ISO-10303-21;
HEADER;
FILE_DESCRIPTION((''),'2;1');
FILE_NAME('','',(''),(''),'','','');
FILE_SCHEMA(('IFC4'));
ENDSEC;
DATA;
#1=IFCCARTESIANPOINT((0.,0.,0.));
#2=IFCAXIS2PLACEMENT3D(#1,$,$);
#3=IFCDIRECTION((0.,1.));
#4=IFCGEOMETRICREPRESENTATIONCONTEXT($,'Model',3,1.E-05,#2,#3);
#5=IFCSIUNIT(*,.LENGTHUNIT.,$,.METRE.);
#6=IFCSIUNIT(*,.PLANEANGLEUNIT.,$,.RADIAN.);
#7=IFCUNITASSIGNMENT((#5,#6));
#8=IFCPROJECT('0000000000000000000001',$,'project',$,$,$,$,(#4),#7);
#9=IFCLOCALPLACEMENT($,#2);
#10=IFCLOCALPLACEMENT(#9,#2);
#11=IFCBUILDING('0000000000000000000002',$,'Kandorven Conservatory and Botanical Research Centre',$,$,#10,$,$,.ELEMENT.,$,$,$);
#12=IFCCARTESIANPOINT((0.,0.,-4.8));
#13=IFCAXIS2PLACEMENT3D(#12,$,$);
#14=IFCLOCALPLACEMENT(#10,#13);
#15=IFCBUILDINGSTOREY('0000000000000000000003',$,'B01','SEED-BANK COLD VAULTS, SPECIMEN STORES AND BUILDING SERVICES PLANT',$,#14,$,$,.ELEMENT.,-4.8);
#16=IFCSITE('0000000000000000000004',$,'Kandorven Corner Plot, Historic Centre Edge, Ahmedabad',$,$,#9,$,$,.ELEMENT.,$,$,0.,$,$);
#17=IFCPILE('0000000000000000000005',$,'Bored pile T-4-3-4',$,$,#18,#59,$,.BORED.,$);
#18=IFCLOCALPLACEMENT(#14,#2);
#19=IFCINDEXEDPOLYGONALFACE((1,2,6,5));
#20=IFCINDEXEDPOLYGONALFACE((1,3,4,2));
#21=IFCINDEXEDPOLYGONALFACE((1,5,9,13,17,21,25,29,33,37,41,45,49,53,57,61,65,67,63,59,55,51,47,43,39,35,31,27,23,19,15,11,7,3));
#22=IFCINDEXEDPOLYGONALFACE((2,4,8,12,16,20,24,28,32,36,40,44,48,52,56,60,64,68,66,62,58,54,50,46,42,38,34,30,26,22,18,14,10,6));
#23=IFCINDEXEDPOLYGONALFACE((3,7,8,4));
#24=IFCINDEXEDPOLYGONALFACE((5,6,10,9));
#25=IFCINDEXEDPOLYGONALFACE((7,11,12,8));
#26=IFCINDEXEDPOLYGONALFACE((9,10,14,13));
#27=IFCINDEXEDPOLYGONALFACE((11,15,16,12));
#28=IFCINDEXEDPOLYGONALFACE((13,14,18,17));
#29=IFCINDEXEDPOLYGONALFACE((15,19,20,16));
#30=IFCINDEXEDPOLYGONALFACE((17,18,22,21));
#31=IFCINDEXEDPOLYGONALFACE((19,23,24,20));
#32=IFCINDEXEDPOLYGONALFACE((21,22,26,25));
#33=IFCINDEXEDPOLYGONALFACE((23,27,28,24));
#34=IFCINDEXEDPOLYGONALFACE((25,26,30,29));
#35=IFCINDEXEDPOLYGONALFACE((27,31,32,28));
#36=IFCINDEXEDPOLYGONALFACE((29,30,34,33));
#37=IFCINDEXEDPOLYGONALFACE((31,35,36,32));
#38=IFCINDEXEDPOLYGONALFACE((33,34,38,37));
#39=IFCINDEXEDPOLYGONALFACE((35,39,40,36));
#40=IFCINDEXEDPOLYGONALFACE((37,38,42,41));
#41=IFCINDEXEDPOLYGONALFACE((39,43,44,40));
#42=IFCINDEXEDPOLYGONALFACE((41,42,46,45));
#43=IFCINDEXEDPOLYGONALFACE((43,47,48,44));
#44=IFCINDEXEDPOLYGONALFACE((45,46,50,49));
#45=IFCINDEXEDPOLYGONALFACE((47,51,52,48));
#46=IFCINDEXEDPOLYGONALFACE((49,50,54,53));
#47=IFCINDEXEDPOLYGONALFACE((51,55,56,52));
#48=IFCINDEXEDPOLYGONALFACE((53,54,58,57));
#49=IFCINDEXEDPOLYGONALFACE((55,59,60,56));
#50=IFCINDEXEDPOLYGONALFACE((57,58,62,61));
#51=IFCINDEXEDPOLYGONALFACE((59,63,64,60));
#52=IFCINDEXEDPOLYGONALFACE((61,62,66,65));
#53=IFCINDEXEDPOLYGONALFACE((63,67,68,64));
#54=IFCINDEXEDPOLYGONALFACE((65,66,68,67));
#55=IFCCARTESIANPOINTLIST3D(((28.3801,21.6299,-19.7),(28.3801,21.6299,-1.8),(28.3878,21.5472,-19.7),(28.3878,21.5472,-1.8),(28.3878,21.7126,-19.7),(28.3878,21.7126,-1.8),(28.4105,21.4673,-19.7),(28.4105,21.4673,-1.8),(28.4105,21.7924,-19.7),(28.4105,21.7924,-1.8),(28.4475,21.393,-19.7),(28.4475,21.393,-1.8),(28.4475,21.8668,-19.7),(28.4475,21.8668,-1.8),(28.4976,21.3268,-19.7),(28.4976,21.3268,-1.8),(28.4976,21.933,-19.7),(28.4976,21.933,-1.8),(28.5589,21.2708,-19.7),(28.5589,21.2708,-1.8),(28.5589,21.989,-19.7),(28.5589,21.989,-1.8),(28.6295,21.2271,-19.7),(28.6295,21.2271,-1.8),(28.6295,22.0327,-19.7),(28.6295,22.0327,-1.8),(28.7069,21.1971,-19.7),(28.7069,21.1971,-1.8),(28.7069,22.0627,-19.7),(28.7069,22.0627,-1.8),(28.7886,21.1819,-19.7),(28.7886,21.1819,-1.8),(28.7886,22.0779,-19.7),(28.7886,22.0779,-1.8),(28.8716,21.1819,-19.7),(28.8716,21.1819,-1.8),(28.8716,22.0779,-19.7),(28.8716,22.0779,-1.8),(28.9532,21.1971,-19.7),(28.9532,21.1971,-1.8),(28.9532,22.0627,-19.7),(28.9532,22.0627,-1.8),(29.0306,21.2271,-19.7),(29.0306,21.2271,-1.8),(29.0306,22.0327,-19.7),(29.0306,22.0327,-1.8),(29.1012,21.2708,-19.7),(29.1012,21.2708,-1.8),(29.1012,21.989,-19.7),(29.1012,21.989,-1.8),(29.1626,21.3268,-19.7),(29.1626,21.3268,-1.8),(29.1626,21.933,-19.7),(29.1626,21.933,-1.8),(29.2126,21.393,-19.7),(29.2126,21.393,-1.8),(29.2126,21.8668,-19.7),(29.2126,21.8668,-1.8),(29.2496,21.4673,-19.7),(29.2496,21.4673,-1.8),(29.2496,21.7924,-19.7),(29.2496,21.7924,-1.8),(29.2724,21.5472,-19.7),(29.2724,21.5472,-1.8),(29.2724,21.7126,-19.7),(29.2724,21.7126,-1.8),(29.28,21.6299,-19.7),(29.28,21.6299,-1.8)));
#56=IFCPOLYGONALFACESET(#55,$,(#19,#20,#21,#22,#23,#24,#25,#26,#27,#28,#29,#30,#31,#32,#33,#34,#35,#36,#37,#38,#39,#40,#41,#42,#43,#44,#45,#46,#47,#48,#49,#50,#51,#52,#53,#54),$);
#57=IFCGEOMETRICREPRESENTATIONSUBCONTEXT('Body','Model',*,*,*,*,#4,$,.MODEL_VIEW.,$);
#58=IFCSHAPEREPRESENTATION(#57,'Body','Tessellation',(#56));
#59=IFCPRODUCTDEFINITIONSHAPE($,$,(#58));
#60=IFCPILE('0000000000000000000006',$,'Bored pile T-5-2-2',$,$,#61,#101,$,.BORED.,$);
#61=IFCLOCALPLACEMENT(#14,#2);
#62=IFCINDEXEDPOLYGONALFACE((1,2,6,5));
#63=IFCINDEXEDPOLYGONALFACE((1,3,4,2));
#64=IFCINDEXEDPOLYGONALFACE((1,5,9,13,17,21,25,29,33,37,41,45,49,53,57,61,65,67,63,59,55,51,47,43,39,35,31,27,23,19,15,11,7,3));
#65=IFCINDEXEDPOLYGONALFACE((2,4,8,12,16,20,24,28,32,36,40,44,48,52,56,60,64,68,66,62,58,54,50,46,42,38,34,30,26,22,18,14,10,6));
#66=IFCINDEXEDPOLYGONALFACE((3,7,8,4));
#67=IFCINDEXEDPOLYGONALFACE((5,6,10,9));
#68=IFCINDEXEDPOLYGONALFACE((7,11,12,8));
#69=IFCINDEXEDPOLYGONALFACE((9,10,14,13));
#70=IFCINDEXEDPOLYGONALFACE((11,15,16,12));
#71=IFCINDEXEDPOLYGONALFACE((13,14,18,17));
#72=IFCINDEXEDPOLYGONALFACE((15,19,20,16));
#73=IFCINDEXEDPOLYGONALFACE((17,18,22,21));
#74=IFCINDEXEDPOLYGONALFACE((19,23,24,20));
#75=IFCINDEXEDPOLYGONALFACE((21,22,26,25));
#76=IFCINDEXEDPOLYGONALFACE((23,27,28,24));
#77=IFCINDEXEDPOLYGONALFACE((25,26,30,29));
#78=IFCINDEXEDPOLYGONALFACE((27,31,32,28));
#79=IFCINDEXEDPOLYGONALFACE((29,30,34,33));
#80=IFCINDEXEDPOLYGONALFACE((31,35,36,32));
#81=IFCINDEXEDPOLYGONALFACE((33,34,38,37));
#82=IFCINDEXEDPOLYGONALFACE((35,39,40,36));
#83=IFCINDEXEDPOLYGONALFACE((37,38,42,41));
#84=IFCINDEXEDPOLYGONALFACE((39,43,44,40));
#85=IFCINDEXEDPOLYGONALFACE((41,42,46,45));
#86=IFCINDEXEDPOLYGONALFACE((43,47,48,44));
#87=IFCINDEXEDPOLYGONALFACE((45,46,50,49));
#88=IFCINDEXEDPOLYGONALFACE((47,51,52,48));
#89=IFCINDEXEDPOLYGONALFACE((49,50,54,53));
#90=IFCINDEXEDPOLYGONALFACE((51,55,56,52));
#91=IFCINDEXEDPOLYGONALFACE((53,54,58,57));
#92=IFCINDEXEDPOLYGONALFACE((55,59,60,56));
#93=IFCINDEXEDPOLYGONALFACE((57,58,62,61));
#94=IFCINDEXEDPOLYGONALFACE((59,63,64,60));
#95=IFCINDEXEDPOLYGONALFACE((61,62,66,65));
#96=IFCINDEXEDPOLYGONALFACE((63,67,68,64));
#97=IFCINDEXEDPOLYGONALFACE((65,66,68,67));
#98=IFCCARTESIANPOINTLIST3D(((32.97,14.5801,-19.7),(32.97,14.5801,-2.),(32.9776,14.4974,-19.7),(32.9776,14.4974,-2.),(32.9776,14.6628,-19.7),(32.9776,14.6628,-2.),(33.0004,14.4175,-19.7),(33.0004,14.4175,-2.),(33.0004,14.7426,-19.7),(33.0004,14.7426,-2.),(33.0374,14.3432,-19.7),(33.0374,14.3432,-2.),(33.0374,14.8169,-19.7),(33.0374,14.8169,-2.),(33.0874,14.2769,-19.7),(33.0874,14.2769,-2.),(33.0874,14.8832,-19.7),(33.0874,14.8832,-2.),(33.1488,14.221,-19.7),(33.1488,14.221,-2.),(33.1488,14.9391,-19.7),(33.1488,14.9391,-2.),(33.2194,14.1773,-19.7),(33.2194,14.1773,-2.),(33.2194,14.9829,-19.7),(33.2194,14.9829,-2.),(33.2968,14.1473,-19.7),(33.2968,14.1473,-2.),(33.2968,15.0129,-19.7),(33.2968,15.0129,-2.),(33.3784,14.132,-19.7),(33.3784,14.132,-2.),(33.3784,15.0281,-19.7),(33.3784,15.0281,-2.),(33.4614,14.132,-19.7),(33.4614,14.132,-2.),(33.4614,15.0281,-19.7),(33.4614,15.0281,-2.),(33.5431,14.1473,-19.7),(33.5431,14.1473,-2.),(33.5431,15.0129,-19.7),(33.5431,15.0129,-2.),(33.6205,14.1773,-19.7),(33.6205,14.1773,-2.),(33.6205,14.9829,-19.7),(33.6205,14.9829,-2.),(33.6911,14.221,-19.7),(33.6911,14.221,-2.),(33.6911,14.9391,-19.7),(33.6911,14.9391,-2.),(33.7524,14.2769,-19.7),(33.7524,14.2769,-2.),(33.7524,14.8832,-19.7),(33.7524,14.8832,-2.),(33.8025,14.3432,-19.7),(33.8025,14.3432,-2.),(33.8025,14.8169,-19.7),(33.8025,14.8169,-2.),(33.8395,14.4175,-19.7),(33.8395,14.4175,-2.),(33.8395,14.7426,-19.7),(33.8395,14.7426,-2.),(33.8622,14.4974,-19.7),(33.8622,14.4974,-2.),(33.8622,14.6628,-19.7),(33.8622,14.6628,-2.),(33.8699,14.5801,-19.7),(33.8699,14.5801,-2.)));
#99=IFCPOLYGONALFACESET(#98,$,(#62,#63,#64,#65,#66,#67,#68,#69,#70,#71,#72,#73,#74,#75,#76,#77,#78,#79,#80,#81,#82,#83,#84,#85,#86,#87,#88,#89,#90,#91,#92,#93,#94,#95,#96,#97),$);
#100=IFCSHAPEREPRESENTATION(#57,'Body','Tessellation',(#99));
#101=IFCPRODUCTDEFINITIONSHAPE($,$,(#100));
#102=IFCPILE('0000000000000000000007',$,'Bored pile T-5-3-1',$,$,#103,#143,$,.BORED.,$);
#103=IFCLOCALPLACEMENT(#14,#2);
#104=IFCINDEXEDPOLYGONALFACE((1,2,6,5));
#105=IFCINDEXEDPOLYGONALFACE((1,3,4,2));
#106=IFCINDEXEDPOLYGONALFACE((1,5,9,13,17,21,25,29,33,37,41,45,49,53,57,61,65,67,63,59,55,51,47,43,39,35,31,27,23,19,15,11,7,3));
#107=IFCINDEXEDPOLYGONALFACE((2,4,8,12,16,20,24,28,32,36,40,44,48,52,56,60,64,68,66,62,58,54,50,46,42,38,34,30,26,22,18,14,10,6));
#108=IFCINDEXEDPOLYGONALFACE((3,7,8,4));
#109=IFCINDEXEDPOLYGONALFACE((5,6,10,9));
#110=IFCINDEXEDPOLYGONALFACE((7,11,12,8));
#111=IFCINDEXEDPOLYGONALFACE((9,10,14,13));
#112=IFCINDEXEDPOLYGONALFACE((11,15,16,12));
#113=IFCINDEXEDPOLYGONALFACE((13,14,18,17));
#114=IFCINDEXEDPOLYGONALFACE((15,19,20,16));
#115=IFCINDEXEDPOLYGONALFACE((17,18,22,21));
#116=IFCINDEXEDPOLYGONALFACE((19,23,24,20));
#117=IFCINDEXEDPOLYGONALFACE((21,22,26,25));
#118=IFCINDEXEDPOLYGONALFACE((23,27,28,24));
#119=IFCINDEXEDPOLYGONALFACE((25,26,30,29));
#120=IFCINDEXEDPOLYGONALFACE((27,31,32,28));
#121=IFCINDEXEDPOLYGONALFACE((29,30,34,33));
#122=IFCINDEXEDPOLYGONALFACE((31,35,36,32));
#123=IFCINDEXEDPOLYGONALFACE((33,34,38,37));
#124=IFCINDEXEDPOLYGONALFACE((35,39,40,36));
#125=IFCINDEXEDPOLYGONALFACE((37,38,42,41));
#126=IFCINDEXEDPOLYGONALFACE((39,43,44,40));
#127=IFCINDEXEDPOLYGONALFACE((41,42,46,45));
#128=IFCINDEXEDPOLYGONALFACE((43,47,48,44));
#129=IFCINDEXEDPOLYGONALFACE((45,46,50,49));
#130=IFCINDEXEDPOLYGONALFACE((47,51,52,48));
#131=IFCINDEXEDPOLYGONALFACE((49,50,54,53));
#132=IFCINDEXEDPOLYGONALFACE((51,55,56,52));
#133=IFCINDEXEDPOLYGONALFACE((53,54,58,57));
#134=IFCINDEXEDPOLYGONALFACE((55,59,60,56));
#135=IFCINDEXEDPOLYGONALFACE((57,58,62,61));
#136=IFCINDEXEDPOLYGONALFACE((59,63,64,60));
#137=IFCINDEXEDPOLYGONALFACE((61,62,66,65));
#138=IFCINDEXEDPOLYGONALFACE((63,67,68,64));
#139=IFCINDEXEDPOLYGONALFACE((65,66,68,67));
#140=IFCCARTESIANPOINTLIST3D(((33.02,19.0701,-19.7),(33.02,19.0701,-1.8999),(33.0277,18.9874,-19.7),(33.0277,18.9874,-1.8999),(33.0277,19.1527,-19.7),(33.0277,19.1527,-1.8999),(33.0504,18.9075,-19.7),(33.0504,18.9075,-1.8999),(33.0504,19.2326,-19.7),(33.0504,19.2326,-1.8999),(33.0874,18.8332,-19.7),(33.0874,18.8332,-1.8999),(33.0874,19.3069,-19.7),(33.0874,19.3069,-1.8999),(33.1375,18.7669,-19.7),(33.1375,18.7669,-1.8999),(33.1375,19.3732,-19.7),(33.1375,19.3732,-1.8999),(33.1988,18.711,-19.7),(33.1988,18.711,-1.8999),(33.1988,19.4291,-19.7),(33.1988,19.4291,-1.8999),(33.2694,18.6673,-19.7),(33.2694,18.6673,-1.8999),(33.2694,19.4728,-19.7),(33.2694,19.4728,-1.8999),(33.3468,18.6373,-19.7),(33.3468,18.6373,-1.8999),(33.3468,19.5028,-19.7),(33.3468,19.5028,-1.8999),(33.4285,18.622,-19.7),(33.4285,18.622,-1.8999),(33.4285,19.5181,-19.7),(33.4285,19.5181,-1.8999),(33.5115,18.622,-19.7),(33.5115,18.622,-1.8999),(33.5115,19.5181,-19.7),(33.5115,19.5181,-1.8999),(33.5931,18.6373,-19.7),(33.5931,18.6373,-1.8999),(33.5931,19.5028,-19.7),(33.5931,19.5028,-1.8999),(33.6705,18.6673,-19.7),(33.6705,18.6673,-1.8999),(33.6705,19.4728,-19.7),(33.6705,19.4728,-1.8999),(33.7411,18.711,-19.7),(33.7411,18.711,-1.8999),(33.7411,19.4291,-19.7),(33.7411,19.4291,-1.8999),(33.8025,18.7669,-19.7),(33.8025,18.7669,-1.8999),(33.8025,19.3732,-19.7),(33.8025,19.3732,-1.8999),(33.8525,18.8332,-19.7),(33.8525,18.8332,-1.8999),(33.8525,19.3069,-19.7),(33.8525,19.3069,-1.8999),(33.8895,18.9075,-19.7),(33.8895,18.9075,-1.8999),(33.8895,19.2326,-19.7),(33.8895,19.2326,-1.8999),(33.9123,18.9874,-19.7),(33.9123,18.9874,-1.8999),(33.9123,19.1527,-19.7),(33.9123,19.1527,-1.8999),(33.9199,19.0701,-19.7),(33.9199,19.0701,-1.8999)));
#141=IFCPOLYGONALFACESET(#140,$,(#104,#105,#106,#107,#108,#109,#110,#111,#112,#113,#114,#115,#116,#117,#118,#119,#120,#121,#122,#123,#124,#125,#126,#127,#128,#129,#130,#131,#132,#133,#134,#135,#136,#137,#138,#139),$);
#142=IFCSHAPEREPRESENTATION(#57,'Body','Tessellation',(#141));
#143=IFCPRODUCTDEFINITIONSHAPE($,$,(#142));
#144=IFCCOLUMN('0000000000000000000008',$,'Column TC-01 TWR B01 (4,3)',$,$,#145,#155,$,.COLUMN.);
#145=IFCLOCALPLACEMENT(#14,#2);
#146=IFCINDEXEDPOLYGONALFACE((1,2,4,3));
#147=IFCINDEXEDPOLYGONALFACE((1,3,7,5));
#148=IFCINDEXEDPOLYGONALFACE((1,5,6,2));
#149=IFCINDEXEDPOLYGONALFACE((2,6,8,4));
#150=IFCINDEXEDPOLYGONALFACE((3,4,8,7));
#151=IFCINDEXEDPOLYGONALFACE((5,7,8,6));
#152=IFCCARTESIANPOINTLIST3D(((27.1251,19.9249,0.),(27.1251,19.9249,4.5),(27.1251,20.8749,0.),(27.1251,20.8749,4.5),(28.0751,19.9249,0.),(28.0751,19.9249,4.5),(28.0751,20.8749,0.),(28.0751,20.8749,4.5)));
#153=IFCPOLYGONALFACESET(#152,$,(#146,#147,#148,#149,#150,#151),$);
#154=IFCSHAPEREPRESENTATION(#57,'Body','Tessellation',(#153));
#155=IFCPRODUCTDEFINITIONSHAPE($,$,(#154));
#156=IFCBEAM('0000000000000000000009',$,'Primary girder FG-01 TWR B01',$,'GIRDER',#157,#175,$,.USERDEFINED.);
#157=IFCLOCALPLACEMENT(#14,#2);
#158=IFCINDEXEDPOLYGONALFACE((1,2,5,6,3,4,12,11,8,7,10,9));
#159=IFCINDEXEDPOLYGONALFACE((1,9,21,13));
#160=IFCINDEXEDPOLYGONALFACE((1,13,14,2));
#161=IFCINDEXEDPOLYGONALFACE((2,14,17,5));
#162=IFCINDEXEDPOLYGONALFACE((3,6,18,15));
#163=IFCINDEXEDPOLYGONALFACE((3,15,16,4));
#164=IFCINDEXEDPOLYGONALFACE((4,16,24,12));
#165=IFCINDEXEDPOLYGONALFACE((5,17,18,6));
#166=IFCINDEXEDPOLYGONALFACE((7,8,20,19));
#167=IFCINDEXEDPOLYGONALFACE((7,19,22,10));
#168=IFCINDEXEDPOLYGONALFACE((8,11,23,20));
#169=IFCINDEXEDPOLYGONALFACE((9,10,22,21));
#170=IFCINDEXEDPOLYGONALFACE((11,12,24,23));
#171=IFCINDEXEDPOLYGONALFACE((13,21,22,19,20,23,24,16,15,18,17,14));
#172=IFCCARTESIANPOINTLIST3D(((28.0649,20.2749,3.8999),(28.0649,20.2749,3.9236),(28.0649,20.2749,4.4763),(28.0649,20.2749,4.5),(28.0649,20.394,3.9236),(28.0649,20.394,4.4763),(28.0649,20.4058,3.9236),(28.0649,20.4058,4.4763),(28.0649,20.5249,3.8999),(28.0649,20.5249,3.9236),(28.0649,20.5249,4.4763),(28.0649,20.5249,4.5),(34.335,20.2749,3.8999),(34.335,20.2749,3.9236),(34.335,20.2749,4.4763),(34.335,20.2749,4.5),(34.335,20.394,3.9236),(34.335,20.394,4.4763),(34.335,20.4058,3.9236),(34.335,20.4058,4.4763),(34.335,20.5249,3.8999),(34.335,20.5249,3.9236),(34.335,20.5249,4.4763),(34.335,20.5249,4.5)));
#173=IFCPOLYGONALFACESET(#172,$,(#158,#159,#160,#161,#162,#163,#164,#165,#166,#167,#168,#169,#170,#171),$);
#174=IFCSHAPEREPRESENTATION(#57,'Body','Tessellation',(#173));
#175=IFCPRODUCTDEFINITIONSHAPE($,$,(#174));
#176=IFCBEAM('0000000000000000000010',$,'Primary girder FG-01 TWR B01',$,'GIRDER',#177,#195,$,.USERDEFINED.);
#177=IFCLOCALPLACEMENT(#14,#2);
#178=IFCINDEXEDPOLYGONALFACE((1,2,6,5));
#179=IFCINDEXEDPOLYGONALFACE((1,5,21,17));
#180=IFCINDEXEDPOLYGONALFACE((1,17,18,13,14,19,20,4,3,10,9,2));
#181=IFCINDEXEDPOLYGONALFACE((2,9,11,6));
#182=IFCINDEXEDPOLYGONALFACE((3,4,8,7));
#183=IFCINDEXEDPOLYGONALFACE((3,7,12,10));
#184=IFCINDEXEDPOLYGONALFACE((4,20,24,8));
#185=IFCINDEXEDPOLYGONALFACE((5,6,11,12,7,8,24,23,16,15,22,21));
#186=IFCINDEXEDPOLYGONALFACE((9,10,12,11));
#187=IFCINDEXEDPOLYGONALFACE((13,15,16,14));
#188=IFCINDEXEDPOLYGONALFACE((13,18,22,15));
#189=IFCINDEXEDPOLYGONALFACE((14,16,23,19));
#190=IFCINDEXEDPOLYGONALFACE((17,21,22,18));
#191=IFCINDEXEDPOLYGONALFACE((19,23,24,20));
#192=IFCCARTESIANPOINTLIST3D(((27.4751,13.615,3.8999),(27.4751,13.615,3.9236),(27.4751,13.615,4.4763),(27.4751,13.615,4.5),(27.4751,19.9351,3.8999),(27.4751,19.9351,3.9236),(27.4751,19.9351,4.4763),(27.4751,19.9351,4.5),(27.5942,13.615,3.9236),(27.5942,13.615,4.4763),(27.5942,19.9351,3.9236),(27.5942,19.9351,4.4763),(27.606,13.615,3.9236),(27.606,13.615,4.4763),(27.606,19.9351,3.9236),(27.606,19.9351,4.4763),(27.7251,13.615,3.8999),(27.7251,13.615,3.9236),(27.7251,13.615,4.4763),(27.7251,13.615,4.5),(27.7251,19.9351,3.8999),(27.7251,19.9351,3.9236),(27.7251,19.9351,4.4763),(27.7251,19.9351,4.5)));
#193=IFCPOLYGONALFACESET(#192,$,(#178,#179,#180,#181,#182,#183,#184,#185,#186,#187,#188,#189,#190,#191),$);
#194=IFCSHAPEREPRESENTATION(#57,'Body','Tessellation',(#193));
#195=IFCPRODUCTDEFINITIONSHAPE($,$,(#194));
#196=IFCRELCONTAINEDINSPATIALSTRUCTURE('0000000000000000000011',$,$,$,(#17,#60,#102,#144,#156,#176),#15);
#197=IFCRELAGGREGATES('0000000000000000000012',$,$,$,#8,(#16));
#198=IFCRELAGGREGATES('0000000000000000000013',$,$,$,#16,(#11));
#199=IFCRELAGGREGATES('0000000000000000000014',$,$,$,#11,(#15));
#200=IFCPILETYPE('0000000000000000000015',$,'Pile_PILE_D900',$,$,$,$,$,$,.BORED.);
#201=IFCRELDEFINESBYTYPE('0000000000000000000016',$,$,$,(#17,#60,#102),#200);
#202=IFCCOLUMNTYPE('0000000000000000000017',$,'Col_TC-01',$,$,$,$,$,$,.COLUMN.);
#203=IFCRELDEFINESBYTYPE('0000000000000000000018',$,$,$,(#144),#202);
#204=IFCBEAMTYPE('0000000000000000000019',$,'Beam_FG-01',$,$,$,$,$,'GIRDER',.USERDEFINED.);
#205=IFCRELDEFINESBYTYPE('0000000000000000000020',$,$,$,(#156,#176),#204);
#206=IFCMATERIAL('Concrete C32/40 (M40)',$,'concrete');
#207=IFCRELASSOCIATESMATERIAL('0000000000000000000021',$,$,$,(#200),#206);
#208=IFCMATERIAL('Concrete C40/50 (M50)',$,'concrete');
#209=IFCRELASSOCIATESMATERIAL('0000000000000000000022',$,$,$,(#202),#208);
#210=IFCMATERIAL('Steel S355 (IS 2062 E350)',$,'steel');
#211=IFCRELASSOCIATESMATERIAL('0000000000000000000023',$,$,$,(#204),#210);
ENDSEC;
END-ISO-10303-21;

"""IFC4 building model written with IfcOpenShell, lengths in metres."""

from ifc_helpers import new_model, si_unit, direction, frame, origin, origin_2d, place, context, subcontext, project, spatial, rectangle, circle, i_section, extrude, material, material_profile, profile_set, type_object, element, save


model = new_model("IFC4")

# Units and contexts
model_context = context("Model", 3, precision=1e-05, world=origin(), true_north=direction((0.0, 1.0)))
body_context = subcontext(model_context, "Body", "Model", "MODEL_VIEW")
ifc_project = project(units=[si_unit("LENGTHUNIT", "METRE"), si_unit("PLANEANGLEUNIT", "RADIAN")], contexts=[model_context])

# Site, building, storey
site_placement = place(None, origin())
site = spatial("IfcSite", under=ifc_project, at=site_placement, Name="Kandorven Corner Plot, Historic Centre Edge, Ahmedabad", CompositionType="ELEMENT", RefElevation=0.0)
building_placement = place(site_placement, origin())
building = spatial("IfcBuilding", under=site, at=building_placement, Name="Kandorven Conservatory and Botanical Research Centre", CompositionType="ELEMENT")
storey_placement = place(building_placement, frame((0.0, 0.0, -4.8)))
storey = spatial("IfcBuildingStorey", under=building, at=storey_placement, Name="B01", Description="SEED-BANK COLD VAULTS, SPECIMEN STORES AND BUILDING SERVICES PLANT", CompositionType="ELEMENT", Elevation=-4.8)

# Piles
ifc_material_1 = material(Name="Concrete C32/40 (M40)", Category="concrete")
ifc_material_profile_1 = material_profile(ifc_material_1, circle(Radius=0.45, at=origin_2d()))
ifc_profile_set_1 = profile_set([ifc_material_profile_1], Name="Concrete C32/40 (M40)")
pile_type = type_object("IfcPileType", Name="Pile_PILE_D900", PredefinedType="BORED", material=ifc_profile_set_1)
for number, where, z_axis, x_axis, name in (
    (1, (28.8301, 21.6299, -1.8), (0.0, 0.0, -1.0), (1.0, 0.0, 0.0), "Bored pile T-4-3-4"),
):
    element("IfcPile", number, at=place(storey_placement, frame(where, z_axis=z_axis, x_axis=x_axis)), inside=storey, type_object=pile_type, Name=name, PredefinedType="BORED", context=body_context, shape_type="SweptSolid", body=[
        extrude(circle(Radius=0.45, at=origin_2d()), origin(), (0.0, 0.0, 1.0), 17.8999),
    ])
pile_1_placement = place(storey_placement, frame((33.4199, 14.5801, -2.0), z_axis=(0.0, 0.0, -1.0), x_axis=(1.0, 0.0, 0.0)))
element("IfcPile", 2, at=pile_1_placement, inside=storey, type_object=pile_type, Name="Bored pile T-5-2-2", PredefinedType="BORED", context=body_context, shape_type="SweptSolid", body=[
    extrude(circle(Radius=0.45, at=origin_2d()), origin(), (0.0, 0.0, 1.0), 17.7),
])
pile_2_placement = place(storey_placement, frame((33.47, 19.0701, -1.8999), z_axis=(0.0, 0.0, -1.0), x_axis=(1.0, 0.0, 0.0)))
element("IfcPile", 3, at=pile_2_placement, inside=storey, type_object=pile_type, Name="Bored pile T-5-3-1", PredefinedType="BORED", context=body_context, shape_type="SweptSolid", body=[
    extrude(circle(Radius=0.45, at=origin_2d()), origin(), (0.0, 0.0, 1.0), 17.8),
])

# Column
ifc_material_2 = material(Name="Concrete C40/50 (M50)", Category="concrete")
ifc_material_profile_2 = material_profile(ifc_material_2, rectangle(XDim=0.95, YDim=0.95, at=origin_2d()))
ifc_profile_set_2 = profile_set([ifc_material_profile_2], Name="Concrete C40/50 (M50)")
column_type = type_object("IfcColumnType", Name="Col_TC-01", PredefinedType="COLUMN", material=ifc_profile_set_2)
column_placement = place(storey_placement, frame((27.6001, 20.3999, 0.0), z_axis=(0.0, 0.0, 1.0), x_axis=(1.0, 0.0, 0.0)))
element("IfcColumn", 4, at=column_placement, inside=storey, type_object=column_type, Name="Column TC-01 TWR B01 (4,3)", PredefinedType="COLUMN", context=body_context, shape_type="SweptSolid", body=[
    extrude(rectangle(XDim=0.95, YDim=0.95, at=origin_2d()), origin(), (0.0, 0.0, 1.0), 4.5),
])

# Beams
ifc_material_3 = material(Name="Steel S355 (IS 2062 E350)", Category="steel")
ifc_material_profile_3 = material_profile(ifc_material_3, i_section(OverallWidth=0.25, OverallDepth=0.6001, WebThickness=0.0117, FlangeThickness=0.0237, at=origin_2d()))
ifc_profile_set_3 = profile_set([ifc_material_profile_3], Name="Steel S355 (IS 2062 E350)")
beam_type_1 = type_object("IfcBeamType", Name="Beam_FG-01", ElementType="GIRDER", PredefinedType="USERDEFINED", material=ifc_profile_set_3)
beam_placement = place(storey_placement, frame((28.0649, 20.3999, 4.2), z_axis=(1.0, 0.0, 0.0), x_axis=(0.0, 1.0, 0.0)))
element("IfcBeam", 5, at=beam_placement, inside=storey, type_object=beam_type_1, Name="Primary girder FG-01 TWR B01", ObjectType="GIRDER", PredefinedType="USERDEFINED", context=body_context, shape_type="SweptSolid", body=[
    extrude(i_section(OverallWidth=0.25, OverallDepth=0.6001, WebThickness=0.0117, FlangeThickness=0.0237, at=origin_2d()), origin(), (0.0, 0.0, 1.0), 6.27),
])
for number, where, z_axis, x_axis, name in (
    (6, (27.6001, 13.615, 4.2), (0.0, 1.0, 0.0), (-1.0, 0.0, 0.0), "Primary girder FG-01 TWR B01"),
):
    element("IfcBeam", number, at=place(storey_placement, frame(where, z_axis=z_axis, x_axis=x_axis)), inside=storey, type_object=beam_type_1, Name=name, ObjectType="GIRDER", PredefinedType="USERDEFINED", context=body_context, shape_type="SweptSolid", body=[
        extrude(i_section(OverallWidth=0.25, OverallDepth=0.6001, WebThickness=0.0117, FlangeThickness=0.0237, at=origin_2d()), origin(), (0.0, 0.0, 1.0), 6.3201),
    ])

save(model, "model.ifc")
